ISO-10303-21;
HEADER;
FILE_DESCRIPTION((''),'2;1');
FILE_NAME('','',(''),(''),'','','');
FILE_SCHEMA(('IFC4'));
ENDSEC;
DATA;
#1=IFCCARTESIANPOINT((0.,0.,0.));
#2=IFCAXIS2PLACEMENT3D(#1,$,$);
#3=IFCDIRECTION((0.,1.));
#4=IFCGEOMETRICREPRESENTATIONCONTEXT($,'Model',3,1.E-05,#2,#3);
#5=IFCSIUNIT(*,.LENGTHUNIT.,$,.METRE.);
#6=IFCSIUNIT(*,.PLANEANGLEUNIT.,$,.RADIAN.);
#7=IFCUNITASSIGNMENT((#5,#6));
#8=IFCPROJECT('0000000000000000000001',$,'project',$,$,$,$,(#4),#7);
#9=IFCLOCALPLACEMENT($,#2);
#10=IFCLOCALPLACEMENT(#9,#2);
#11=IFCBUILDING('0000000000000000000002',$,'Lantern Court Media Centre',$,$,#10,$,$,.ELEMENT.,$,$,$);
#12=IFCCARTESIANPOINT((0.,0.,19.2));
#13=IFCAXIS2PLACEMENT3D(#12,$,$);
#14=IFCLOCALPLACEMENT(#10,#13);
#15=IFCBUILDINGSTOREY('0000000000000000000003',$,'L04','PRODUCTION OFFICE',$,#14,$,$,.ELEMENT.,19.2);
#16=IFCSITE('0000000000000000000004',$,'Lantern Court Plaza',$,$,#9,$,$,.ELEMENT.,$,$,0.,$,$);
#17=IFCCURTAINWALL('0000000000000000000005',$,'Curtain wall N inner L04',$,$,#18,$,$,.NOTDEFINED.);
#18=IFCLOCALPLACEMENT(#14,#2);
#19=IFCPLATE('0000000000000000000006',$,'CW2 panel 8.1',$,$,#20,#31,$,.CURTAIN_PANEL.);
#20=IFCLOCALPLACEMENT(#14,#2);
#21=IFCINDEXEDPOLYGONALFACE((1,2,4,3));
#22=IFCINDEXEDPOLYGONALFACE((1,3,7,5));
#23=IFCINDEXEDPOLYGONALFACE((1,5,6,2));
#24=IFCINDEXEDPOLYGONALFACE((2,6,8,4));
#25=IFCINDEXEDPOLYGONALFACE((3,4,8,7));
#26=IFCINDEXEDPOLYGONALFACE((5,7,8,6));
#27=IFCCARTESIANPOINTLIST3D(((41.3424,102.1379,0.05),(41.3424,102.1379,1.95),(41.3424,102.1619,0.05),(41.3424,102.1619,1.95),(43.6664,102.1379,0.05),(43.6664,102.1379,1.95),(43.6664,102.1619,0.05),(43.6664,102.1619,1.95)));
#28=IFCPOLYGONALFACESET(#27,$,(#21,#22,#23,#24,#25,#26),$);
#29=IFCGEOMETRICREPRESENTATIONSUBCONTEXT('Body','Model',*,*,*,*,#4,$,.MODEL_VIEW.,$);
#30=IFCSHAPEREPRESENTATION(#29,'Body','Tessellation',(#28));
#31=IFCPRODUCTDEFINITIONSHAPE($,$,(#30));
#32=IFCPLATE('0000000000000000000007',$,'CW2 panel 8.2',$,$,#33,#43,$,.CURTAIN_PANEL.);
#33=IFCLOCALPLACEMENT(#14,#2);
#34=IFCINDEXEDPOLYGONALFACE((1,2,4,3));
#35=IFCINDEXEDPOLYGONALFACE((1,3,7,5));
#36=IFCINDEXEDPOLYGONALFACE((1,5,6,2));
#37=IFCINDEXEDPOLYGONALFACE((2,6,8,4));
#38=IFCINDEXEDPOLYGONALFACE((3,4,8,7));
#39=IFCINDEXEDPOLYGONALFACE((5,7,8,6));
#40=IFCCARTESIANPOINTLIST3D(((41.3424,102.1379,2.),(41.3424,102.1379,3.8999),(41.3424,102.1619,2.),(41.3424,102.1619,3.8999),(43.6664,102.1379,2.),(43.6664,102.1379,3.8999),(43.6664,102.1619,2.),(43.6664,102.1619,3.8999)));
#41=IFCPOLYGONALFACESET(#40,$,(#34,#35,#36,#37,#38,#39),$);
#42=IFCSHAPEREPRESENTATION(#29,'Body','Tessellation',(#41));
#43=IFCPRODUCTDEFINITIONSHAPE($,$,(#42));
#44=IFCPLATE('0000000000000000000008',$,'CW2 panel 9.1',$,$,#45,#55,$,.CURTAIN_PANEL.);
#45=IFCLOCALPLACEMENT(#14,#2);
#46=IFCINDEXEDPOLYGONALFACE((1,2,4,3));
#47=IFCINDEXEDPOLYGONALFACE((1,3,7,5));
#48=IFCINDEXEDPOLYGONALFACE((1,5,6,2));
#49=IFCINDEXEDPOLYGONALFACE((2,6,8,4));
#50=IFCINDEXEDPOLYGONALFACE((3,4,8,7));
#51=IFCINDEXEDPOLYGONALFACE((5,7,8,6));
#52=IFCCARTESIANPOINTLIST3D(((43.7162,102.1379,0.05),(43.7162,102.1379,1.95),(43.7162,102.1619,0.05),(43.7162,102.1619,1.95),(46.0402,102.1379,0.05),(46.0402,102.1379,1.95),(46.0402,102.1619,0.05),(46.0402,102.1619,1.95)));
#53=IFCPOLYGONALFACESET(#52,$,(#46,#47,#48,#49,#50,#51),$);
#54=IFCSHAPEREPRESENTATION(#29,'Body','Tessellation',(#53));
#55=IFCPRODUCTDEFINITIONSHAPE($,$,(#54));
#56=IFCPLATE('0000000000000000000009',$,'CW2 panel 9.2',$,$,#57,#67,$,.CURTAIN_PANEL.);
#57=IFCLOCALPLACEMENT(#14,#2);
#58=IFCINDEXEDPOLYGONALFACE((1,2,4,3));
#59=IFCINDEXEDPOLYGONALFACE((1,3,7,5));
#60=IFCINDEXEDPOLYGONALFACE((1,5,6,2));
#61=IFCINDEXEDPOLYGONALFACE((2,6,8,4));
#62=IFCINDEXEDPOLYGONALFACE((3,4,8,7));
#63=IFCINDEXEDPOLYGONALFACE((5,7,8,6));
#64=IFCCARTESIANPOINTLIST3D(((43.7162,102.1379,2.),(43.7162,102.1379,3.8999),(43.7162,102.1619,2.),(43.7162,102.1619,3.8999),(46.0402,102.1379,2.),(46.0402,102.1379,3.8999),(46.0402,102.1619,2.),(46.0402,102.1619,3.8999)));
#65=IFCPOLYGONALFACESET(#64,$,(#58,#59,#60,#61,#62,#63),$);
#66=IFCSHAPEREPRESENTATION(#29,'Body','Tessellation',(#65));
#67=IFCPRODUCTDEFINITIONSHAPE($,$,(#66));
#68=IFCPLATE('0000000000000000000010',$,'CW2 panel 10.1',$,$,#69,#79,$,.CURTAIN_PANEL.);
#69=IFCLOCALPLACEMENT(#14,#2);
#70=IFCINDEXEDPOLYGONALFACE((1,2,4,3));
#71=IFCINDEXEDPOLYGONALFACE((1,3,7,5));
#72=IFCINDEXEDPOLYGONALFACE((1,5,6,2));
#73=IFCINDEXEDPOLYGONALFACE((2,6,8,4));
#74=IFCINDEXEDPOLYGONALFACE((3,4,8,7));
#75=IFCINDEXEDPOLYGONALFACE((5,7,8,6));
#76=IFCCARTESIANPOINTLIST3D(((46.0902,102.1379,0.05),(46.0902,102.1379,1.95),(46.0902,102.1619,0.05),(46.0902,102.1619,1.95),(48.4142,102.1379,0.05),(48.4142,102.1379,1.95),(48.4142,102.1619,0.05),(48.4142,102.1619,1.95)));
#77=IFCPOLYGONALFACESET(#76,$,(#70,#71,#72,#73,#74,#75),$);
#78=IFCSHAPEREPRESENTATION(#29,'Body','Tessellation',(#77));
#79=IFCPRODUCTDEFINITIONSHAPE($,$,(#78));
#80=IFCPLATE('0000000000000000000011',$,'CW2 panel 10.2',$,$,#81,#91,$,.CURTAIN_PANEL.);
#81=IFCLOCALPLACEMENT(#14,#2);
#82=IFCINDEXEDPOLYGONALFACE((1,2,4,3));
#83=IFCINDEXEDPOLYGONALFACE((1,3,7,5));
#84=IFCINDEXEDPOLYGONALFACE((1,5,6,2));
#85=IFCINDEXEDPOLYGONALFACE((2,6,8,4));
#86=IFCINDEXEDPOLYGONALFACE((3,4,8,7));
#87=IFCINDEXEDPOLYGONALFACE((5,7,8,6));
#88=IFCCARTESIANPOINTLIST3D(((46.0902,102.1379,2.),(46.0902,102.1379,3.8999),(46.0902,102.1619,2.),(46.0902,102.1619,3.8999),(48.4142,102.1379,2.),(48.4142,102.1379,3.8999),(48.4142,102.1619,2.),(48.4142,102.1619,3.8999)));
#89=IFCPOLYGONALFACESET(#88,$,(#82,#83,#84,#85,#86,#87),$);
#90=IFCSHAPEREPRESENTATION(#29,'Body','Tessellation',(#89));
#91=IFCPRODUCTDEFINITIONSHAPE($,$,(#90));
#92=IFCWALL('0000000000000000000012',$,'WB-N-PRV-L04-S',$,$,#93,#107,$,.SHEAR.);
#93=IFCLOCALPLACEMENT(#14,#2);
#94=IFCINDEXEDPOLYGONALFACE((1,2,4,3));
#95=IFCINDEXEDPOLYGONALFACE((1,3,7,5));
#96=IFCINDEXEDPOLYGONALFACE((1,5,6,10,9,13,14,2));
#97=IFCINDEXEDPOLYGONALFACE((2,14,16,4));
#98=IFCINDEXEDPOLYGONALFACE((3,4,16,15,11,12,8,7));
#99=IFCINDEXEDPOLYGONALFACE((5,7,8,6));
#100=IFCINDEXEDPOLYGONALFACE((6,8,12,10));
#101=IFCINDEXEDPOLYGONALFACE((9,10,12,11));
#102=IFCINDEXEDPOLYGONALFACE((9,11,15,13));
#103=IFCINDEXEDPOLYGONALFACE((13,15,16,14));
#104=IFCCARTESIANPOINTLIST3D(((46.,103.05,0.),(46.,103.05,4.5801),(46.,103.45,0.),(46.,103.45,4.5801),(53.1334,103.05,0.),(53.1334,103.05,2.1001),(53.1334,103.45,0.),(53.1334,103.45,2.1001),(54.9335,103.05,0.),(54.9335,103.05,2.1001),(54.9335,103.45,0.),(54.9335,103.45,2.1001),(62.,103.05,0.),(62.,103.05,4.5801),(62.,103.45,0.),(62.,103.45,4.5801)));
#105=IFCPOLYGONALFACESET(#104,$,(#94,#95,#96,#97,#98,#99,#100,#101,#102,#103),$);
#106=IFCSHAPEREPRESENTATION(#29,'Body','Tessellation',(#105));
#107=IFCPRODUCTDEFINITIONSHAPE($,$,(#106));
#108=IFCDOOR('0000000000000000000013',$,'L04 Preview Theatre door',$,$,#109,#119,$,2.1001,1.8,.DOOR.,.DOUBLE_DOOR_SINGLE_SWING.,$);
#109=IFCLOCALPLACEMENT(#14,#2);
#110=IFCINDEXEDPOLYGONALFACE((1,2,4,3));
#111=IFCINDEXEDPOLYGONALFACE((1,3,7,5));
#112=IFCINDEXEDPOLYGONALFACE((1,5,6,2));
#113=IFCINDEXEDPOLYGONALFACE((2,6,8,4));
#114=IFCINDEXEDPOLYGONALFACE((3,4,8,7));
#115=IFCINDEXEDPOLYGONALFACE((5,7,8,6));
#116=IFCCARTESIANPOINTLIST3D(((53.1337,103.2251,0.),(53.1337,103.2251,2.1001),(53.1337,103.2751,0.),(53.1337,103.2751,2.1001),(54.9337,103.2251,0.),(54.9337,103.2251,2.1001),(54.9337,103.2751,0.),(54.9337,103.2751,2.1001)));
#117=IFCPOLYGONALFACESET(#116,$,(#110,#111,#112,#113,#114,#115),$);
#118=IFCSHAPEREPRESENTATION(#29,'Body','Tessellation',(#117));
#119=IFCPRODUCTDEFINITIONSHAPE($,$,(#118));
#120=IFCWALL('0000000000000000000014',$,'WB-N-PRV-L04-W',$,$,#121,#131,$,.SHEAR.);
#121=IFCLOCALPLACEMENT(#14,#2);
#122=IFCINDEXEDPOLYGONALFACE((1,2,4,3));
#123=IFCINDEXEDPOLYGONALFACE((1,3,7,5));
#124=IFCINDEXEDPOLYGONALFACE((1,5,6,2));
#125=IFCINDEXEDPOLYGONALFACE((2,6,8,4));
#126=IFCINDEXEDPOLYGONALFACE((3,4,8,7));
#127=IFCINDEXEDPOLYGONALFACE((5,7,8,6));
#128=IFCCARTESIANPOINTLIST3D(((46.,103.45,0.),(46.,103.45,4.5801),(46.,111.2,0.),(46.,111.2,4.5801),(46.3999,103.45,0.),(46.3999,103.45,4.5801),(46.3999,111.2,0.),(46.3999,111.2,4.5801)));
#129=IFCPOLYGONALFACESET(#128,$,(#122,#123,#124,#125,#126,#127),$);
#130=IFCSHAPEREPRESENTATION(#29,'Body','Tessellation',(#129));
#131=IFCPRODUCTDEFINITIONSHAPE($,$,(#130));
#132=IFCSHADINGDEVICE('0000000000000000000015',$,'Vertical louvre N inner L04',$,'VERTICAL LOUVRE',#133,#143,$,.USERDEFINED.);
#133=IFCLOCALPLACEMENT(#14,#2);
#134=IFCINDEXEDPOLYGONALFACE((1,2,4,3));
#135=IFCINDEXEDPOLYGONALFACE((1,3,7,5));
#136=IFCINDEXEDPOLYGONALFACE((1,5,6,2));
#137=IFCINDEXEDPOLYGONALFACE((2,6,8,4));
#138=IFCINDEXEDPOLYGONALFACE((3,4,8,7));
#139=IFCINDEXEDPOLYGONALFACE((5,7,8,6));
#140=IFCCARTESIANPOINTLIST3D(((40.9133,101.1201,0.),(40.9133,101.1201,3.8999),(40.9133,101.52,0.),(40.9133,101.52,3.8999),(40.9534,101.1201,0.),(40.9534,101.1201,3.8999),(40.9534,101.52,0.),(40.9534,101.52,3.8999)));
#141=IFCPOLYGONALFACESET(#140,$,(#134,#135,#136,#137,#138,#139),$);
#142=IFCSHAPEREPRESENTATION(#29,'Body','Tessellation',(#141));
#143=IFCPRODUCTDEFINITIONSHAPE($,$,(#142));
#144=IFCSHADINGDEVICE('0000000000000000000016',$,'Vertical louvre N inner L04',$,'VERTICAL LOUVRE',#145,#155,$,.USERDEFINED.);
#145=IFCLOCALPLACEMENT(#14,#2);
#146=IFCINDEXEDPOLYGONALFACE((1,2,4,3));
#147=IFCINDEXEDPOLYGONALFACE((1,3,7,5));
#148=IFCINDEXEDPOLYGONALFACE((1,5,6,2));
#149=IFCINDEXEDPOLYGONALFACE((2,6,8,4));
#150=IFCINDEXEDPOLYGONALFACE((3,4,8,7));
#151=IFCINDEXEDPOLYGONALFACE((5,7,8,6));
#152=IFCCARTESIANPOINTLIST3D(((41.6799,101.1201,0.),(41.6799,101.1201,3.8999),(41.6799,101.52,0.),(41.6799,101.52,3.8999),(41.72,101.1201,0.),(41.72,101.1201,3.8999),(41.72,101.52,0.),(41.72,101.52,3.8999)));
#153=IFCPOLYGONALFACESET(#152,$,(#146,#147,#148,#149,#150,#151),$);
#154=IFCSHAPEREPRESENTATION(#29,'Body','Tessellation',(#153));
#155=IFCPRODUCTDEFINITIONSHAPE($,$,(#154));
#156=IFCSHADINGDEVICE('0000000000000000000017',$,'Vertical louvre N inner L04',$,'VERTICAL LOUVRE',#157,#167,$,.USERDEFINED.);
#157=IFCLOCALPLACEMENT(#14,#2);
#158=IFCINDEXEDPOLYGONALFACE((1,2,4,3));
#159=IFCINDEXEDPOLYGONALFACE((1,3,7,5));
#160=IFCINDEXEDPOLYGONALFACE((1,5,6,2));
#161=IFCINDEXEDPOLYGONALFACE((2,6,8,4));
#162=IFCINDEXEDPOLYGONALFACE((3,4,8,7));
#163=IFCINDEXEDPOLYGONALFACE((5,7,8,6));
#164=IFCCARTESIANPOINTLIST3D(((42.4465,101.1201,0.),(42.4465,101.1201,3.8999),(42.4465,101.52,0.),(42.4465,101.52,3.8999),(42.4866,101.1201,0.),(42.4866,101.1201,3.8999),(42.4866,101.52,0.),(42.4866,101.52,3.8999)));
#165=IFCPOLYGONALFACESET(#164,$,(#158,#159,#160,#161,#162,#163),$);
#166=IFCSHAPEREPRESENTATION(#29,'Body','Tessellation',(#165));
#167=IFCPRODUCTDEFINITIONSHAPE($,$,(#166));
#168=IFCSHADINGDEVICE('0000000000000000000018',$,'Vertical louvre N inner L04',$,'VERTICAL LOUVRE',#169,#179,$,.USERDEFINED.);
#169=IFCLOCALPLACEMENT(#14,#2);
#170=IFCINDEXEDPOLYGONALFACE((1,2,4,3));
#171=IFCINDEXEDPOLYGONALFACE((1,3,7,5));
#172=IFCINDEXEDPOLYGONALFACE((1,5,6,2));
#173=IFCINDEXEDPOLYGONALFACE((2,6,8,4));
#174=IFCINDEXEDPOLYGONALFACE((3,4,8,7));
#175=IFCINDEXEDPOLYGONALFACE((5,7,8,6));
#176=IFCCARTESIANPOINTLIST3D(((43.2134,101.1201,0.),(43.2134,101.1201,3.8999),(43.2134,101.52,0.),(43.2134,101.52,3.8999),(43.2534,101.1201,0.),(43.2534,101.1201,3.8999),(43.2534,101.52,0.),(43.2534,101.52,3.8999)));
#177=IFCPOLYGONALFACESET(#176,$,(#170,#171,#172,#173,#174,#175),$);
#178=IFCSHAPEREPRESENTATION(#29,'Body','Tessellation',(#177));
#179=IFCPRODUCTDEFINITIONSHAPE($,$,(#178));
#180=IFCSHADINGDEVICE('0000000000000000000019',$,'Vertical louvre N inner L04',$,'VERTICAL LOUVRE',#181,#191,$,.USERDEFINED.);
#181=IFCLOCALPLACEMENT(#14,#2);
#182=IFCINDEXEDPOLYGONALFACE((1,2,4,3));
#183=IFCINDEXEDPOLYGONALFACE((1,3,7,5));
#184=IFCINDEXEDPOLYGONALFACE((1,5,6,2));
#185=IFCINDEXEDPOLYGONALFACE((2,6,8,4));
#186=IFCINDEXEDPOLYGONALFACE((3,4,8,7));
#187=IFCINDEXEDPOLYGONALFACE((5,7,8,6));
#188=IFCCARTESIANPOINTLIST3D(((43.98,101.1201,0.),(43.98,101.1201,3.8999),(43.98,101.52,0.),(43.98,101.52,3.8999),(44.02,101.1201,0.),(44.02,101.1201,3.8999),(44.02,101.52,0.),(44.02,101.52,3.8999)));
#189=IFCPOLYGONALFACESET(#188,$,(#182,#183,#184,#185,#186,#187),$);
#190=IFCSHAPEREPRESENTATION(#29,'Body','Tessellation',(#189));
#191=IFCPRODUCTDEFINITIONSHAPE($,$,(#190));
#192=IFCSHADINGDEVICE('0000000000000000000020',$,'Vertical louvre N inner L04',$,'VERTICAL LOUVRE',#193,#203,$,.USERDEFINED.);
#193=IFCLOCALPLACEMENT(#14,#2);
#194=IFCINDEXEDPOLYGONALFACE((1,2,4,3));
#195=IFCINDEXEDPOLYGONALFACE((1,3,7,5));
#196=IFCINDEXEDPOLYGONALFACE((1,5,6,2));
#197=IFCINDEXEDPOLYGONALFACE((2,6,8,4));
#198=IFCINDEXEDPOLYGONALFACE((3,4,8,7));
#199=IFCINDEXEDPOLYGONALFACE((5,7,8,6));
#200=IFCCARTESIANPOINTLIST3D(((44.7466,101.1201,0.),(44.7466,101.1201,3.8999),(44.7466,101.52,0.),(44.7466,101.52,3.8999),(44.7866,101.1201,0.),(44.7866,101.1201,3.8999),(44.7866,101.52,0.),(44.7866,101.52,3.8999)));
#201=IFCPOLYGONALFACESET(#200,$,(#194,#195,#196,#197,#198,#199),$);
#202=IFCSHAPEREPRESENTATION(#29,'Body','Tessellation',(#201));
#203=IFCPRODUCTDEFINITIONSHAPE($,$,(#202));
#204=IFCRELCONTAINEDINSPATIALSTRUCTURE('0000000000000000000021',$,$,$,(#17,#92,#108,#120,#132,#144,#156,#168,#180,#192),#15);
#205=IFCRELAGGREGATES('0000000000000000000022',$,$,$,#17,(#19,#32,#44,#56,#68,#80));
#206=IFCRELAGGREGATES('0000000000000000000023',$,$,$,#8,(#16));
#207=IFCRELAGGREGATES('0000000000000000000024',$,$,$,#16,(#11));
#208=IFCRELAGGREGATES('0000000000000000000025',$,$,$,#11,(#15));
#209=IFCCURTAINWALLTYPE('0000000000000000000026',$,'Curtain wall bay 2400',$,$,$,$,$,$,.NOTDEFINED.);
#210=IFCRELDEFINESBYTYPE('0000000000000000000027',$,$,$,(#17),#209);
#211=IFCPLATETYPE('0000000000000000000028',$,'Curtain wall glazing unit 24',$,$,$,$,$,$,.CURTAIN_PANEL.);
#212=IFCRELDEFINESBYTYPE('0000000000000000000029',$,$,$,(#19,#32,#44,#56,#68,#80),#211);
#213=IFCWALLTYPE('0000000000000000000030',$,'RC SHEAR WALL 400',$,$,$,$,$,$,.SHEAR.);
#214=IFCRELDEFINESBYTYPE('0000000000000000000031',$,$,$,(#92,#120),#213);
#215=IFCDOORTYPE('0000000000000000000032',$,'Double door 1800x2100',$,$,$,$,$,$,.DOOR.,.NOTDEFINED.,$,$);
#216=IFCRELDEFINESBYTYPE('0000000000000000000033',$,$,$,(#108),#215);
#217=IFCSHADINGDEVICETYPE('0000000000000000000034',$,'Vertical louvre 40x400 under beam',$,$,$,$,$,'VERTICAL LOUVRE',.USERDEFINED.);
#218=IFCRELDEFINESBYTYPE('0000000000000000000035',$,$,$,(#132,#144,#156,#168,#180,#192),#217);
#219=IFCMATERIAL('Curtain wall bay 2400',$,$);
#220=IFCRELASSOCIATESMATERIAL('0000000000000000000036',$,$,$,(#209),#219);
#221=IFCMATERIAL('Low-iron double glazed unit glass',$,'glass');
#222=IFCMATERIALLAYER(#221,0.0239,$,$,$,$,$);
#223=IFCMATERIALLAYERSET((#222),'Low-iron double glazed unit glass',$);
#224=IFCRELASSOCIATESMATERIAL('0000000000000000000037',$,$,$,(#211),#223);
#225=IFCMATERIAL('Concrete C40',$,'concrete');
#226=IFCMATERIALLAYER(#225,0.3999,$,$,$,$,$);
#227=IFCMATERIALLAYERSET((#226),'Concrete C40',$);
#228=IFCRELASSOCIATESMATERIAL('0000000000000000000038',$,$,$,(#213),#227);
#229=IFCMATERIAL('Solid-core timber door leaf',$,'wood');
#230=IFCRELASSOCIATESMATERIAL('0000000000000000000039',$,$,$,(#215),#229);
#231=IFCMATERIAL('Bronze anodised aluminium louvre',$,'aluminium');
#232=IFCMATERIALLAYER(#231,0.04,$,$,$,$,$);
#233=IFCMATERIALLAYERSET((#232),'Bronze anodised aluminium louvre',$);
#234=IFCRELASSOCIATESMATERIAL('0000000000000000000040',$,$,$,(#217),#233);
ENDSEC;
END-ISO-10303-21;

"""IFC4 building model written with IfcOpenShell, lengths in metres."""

from ifc_helpers import new_model, si_unit, direction, frame, frame_2d, origin, origin_2d, place, context, subcontext, project, spatial, rectangle, extrude, material, layer, layer_set, type_object, element, fill, aggregate, save


model = new_model("IFC4")

# Units and contexts
model_context = context("Model", 3, precision=1e-05, world=origin(), true_north=direction((0.0, 1.0)))
body_context = subcontext(model_context, "Body", "Model", "MODEL_VIEW")
ifc_project = project(units=[si_unit("LENGTHUNIT", "METRE"), si_unit("PLANEANGLEUNIT", "RADIAN")], contexts=[model_context])

# Site, building, storey
site_placement = place(None, origin())
site = spatial("IfcSite", under=ifc_project, at=site_placement, Name="Lantern Court Plaza", CompositionType="ELEMENT", RefElevation=0.0)
building_placement = place(site_placement, origin())
building = spatial("IfcBuilding", under=site, at=building_placement, Name="Lantern Court Media Centre", CompositionType="ELEMENT")
storey_placement = place(building_placement, frame((0.0, 0.0, 19.2)))
storey = spatial("IfcBuildingStorey", under=building, at=storey_placement, Name="L04", Description="PRODUCTION OFFICE", CompositionType="ELEMENT", Elevation=19.2)

# Curtain wall
ifc_material_1 = material(Name="Curtain wall bay 2400")
curtain_wall_type = type_object("IfcCurtainWallType", Name="Curtain wall bay 2400", PredefinedType="NOTDEFINED", material=ifc_material_1)
curtain_wall_placement = place(storey_placement, origin())
curtain_wall = element("IfcCurtainWall", 1, at=curtain_wall_placement, inside=storey, type_object=curtain_wall_type, Name="Curtain wall N inner L04", PredefinedType="NOTDEFINED")

# Plates
ifc_material_2 = material(Name="Low-iron double glazed unit glass", Category="glass")
ifc_layer_1 = layer(ifc_material_2, 0.0239)
ifc_layer_set_1 = layer_set([ifc_layer_1], Name="Low-iron double glazed unit glass")
plate_type = type_object("IfcPlateType", Name="Curtain wall glazing unit 24", PredefinedType="CURTAIN_PANEL", material=ifc_layer_set_1)
plate_1_placement = place(storey_placement, frame((42.5044, 102.1499, 0.05), z_axis=(0.0, 0.0, 1.0), x_axis=(1.0, 0.0, 0.0)))
plate_1 = element("IfcPlate", 2, at=plate_1_placement, type_object=plate_type, Name="CW2 panel 8.1", PredefinedType="CURTAIN_PANEL", context=body_context, shape_type="SweptSolid", body=[
    extrude(rectangle(XDim=2.324, YDim=0.0239, at=origin_2d()), origin(), (0.0, 0.0, 1.0), 1.8999),
])
plate_2_placement = place(storey_placement, frame((42.5044, 102.1499, 2.0), z_axis=(0.0, 0.0, 1.0), x_axis=(1.0, 0.0, 0.0)))
plate_2 = element("IfcPlate", 3, at=plate_2_placement, type_object=plate_type, Name="CW2 panel 8.2", PredefinedType="CURTAIN_PANEL", context=body_context, shape_type="SweptSolid", body=[
    extrude(rectangle(XDim=2.324, YDim=0.0239, at=origin_2d()), origin(), (0.0, 0.0, 1.0), 1.8999),
])
plate_3_placement = place(storey_placement, frame((44.8782, 102.1499, 0.05), z_axis=(0.0, 0.0, 1.0), x_axis=(1.0, 0.0, 0.0)))
plate_3 = element("IfcPlate", 4, at=plate_3_placement, type_object=plate_type, Name="CW2 panel 9.1", PredefinedType="CURTAIN_PANEL", context=body_context, shape_type="SweptSolid", body=[
    extrude(rectangle(XDim=2.324, YDim=0.0239, at=origin_2d()), origin(), (0.0, 0.0, 1.0), 1.8999),
])
plate_4_placement = place(storey_placement, frame((44.8782, 102.1499, 2.0), z_axis=(0.0, 0.0, 1.0), x_axis=(1.0, 0.0, 0.0)))
plate_4 = element("IfcPlate", 5, at=plate_4_placement, type_object=plate_type, Name="CW2 panel 9.2", PredefinedType="CURTAIN_PANEL", context=body_context, shape_type="SweptSolid", body=[
    extrude(rectangle(XDim=2.324, YDim=0.0239, at=origin_2d()), origin(), (0.0, 0.0, 1.0), 1.8999),
])
plate_5_placement = place(storey_placement, frame((47.2522, 102.1499, 0.05), z_axis=(0.0, 0.0, 1.0), x_axis=(1.0, 0.0, 0.0)))
plate_5 = element("IfcPlate", 6, at=plate_5_placement, type_object=plate_type, Name="CW2 panel 10.1", PredefinedType="CURTAIN_PANEL", context=body_context, shape_type="SweptSolid", body=[
    extrude(rectangle(XDim=2.324, YDim=0.0239, at=origin_2d()), origin(), (0.0, 0.0, 1.0), 1.8999),
])
plate_6_placement = place(storey_placement, frame((47.2522, 102.1499, 2.0), z_axis=(0.0, 0.0, 1.0), x_axis=(1.0, 0.0, 0.0)))
plate_6 = element("IfcPlate", 7, at=plate_6_placement, type_object=plate_type, Name="CW2 panel 10.2", PredefinedType="CURTAIN_PANEL", context=body_context, shape_type="SweptSolid", body=[
    extrude(rectangle(XDim=2.324, YDim=0.0239, at=origin_2d()), origin(), (0.0, 0.0, 1.0), 1.8999),
])
aggregate(curtain_wall, [plate_1, plate_2, plate_3, plate_4, plate_5, plate_6])

# Wall, opening, door
ifc_material_3 = material(Name="Concrete C40", Category="concrete")
ifc_layer_2 = layer(ifc_material_3, 0.3999)
ifc_layer_set_2 = layer_set([ifc_layer_2], Name="Concrete C40")
wall_type = type_object("IfcWallType", Name="RC SHEAR WALL 400", PredefinedType="SHEAR", material=ifc_layer_set_2)
wall_1_placement = place(storey_placement, frame((46.0, 103.25, 0.0), z_axis=(0.0, 0.0, 1.0), x_axis=(1.0, 0.0, 0.0)))
wall_1 = element("IfcWall", 8, at=wall_1_placement, inside=storey, type_object=wall_type, Name="WB-N-PRV-L04-S", PredefinedType="SHEAR", context=body_context, shape_type="SweptSolid", body=[
    extrude(rectangle(XDim=16.0, YDim=0.3999, at=frame_2d((8.0, 0.0))), origin(), (0.0, 0.0, 1.0), 4.5801),
])
opening_placement = place(wall_1_placement, frame((7.1335, 0.0, 0.0)))
opening = element("IfcOpeningElement", 9, at=opening_placement, cuts=wall_1, PredefinedType="OPENING", context=body_context, shape_type="SweptSolid", body=[
    extrude(rectangle(XDim=1.8, YDim=2.1001, at=frame_2d((0.8999, 1.05))), frame((0.0, 0.21, 0.0), z_axis=(0.0, -1.0, 0.0), x_axis=(1.0, 0.0, 0.0)), (0.0, 0.0, 1.0), 0.4199),
])
ifc_material_4 = material(Name="Solid-core timber door leaf", Category="wood")
door_type = type_object("IfcDoorType", Name="Double door 1800x2100", OperationType="NOTDEFINED", PredefinedType="DOOR", material=ifc_material_4)
door_placement = place(opening_placement, frame((1.8, 0.0, 0.0), z_axis=(0.0, 0.0, 1.0), x_axis=(-1.0, 0.0, 0.0)))
door = element("IfcDoor", 10, at=door_placement, inside=storey, type_object=door_type, Name="L04 Preview Theatre door", OperationType="DOUBLE_DOOR_SINGLE_SWING", OverallHeight=2.1001, OverallWidth=1.8, PredefinedType="DOOR", context=body_context, shape_type="SweptSolid", body=[
    extrude(rectangle(XDim=1.8, YDim=2.1001, at=frame_2d((0.8999, 1.05))), frame((0.0, 0.0249, 0.0), z_axis=(0.0, -1.0, 0.0), x_axis=(1.0, 0.0, 0.0)), (0.0, 0.0, 1.0), 0.05),
])
fill(opening, door)

# Wall
wall_2_placement = place(storey_placement, frame((46.2, 103.45, 0.0), z_axis=(0.0, 0.0, 1.0), x_axis=(0.0, 1.0, 0.0)))
element("IfcWall", 11, at=wall_2_placement, inside=storey, type_object=wall_type, Name="WB-N-PRV-L04-W", PredefinedType="SHEAR", context=body_context, shape_type="SweptSolid", body=[
    extrude(rectangle(XDim=7.75, YDim=0.3999, at=frame_2d((3.875, 0.0))), origin(), (0.0, 0.0, 1.0), 4.5801),
])

# Shading devices
ifc_material_5 = material(Name="Bronze anodised aluminium louvre", Category="aluminium")
ifc_layer_3 = layer(ifc_material_5, 0.04)
ifc_layer_set_3 = layer_set([ifc_layer_3], Name="Bronze anodised aluminium louvre")
shading_device_type = type_object("IfcShadingDeviceType", Name="Vertical louvre 40x400 under beam", ElementType="VERTICAL LOUVRE", PredefinedType="USERDEFINED", material=ifc_layer_set_3)
for number, where, z_axis, x_axis, name in (
    (12, (40.9333, 101.3201, 0.0), (0.0, 0.0, 1.0), (1.0, 0.0, 0.0), "Vertical louvre N inner L04"),
    (13, (41.7, 101.3201, 0.0), (0.0, 0.0, 1.0), (1.0, 0.0, 0.0), "Vertical louvre N inner L04"),
    (14, (42.4666, 101.3201, 0.0), (0.0, 0.0, 1.0), (1.0, 0.0, 0.0), "Vertical louvre N inner L04"),
    (15, (43.2334, 101.3201, 0.0), (0.0, 0.0, 1.0), (1.0, 0.0, 0.0), "Vertical louvre N inner L04"),
    (16, (44.0, 101.3201, 0.0), (0.0, 0.0, 1.0), (1.0, 0.0, 0.0), "Vertical louvre N inner L04"),
    (17, (44.7666, 101.3201, 0.0), (0.0, 0.0, 1.0), (1.0, 0.0, 0.0), "Vertical louvre N inner L04"),
):
    element("IfcShadingDevice", number, at=place(storey_placement, frame(where, z_axis=z_axis, x_axis=x_axis)), inside=storey, type_object=shading_device_type, Name=name, ObjectType="VERTICAL LOUVRE", PredefinedType="USERDEFINED", context=body_context, shape_type="SweptSolid", body=[
        extrude(rectangle(XDim=0.04, YDim=0.3999, at=origin_2d()), origin(), (0.0, 0.0, 1.0), 3.8999),
    ])

save(model, "model.ifc")
